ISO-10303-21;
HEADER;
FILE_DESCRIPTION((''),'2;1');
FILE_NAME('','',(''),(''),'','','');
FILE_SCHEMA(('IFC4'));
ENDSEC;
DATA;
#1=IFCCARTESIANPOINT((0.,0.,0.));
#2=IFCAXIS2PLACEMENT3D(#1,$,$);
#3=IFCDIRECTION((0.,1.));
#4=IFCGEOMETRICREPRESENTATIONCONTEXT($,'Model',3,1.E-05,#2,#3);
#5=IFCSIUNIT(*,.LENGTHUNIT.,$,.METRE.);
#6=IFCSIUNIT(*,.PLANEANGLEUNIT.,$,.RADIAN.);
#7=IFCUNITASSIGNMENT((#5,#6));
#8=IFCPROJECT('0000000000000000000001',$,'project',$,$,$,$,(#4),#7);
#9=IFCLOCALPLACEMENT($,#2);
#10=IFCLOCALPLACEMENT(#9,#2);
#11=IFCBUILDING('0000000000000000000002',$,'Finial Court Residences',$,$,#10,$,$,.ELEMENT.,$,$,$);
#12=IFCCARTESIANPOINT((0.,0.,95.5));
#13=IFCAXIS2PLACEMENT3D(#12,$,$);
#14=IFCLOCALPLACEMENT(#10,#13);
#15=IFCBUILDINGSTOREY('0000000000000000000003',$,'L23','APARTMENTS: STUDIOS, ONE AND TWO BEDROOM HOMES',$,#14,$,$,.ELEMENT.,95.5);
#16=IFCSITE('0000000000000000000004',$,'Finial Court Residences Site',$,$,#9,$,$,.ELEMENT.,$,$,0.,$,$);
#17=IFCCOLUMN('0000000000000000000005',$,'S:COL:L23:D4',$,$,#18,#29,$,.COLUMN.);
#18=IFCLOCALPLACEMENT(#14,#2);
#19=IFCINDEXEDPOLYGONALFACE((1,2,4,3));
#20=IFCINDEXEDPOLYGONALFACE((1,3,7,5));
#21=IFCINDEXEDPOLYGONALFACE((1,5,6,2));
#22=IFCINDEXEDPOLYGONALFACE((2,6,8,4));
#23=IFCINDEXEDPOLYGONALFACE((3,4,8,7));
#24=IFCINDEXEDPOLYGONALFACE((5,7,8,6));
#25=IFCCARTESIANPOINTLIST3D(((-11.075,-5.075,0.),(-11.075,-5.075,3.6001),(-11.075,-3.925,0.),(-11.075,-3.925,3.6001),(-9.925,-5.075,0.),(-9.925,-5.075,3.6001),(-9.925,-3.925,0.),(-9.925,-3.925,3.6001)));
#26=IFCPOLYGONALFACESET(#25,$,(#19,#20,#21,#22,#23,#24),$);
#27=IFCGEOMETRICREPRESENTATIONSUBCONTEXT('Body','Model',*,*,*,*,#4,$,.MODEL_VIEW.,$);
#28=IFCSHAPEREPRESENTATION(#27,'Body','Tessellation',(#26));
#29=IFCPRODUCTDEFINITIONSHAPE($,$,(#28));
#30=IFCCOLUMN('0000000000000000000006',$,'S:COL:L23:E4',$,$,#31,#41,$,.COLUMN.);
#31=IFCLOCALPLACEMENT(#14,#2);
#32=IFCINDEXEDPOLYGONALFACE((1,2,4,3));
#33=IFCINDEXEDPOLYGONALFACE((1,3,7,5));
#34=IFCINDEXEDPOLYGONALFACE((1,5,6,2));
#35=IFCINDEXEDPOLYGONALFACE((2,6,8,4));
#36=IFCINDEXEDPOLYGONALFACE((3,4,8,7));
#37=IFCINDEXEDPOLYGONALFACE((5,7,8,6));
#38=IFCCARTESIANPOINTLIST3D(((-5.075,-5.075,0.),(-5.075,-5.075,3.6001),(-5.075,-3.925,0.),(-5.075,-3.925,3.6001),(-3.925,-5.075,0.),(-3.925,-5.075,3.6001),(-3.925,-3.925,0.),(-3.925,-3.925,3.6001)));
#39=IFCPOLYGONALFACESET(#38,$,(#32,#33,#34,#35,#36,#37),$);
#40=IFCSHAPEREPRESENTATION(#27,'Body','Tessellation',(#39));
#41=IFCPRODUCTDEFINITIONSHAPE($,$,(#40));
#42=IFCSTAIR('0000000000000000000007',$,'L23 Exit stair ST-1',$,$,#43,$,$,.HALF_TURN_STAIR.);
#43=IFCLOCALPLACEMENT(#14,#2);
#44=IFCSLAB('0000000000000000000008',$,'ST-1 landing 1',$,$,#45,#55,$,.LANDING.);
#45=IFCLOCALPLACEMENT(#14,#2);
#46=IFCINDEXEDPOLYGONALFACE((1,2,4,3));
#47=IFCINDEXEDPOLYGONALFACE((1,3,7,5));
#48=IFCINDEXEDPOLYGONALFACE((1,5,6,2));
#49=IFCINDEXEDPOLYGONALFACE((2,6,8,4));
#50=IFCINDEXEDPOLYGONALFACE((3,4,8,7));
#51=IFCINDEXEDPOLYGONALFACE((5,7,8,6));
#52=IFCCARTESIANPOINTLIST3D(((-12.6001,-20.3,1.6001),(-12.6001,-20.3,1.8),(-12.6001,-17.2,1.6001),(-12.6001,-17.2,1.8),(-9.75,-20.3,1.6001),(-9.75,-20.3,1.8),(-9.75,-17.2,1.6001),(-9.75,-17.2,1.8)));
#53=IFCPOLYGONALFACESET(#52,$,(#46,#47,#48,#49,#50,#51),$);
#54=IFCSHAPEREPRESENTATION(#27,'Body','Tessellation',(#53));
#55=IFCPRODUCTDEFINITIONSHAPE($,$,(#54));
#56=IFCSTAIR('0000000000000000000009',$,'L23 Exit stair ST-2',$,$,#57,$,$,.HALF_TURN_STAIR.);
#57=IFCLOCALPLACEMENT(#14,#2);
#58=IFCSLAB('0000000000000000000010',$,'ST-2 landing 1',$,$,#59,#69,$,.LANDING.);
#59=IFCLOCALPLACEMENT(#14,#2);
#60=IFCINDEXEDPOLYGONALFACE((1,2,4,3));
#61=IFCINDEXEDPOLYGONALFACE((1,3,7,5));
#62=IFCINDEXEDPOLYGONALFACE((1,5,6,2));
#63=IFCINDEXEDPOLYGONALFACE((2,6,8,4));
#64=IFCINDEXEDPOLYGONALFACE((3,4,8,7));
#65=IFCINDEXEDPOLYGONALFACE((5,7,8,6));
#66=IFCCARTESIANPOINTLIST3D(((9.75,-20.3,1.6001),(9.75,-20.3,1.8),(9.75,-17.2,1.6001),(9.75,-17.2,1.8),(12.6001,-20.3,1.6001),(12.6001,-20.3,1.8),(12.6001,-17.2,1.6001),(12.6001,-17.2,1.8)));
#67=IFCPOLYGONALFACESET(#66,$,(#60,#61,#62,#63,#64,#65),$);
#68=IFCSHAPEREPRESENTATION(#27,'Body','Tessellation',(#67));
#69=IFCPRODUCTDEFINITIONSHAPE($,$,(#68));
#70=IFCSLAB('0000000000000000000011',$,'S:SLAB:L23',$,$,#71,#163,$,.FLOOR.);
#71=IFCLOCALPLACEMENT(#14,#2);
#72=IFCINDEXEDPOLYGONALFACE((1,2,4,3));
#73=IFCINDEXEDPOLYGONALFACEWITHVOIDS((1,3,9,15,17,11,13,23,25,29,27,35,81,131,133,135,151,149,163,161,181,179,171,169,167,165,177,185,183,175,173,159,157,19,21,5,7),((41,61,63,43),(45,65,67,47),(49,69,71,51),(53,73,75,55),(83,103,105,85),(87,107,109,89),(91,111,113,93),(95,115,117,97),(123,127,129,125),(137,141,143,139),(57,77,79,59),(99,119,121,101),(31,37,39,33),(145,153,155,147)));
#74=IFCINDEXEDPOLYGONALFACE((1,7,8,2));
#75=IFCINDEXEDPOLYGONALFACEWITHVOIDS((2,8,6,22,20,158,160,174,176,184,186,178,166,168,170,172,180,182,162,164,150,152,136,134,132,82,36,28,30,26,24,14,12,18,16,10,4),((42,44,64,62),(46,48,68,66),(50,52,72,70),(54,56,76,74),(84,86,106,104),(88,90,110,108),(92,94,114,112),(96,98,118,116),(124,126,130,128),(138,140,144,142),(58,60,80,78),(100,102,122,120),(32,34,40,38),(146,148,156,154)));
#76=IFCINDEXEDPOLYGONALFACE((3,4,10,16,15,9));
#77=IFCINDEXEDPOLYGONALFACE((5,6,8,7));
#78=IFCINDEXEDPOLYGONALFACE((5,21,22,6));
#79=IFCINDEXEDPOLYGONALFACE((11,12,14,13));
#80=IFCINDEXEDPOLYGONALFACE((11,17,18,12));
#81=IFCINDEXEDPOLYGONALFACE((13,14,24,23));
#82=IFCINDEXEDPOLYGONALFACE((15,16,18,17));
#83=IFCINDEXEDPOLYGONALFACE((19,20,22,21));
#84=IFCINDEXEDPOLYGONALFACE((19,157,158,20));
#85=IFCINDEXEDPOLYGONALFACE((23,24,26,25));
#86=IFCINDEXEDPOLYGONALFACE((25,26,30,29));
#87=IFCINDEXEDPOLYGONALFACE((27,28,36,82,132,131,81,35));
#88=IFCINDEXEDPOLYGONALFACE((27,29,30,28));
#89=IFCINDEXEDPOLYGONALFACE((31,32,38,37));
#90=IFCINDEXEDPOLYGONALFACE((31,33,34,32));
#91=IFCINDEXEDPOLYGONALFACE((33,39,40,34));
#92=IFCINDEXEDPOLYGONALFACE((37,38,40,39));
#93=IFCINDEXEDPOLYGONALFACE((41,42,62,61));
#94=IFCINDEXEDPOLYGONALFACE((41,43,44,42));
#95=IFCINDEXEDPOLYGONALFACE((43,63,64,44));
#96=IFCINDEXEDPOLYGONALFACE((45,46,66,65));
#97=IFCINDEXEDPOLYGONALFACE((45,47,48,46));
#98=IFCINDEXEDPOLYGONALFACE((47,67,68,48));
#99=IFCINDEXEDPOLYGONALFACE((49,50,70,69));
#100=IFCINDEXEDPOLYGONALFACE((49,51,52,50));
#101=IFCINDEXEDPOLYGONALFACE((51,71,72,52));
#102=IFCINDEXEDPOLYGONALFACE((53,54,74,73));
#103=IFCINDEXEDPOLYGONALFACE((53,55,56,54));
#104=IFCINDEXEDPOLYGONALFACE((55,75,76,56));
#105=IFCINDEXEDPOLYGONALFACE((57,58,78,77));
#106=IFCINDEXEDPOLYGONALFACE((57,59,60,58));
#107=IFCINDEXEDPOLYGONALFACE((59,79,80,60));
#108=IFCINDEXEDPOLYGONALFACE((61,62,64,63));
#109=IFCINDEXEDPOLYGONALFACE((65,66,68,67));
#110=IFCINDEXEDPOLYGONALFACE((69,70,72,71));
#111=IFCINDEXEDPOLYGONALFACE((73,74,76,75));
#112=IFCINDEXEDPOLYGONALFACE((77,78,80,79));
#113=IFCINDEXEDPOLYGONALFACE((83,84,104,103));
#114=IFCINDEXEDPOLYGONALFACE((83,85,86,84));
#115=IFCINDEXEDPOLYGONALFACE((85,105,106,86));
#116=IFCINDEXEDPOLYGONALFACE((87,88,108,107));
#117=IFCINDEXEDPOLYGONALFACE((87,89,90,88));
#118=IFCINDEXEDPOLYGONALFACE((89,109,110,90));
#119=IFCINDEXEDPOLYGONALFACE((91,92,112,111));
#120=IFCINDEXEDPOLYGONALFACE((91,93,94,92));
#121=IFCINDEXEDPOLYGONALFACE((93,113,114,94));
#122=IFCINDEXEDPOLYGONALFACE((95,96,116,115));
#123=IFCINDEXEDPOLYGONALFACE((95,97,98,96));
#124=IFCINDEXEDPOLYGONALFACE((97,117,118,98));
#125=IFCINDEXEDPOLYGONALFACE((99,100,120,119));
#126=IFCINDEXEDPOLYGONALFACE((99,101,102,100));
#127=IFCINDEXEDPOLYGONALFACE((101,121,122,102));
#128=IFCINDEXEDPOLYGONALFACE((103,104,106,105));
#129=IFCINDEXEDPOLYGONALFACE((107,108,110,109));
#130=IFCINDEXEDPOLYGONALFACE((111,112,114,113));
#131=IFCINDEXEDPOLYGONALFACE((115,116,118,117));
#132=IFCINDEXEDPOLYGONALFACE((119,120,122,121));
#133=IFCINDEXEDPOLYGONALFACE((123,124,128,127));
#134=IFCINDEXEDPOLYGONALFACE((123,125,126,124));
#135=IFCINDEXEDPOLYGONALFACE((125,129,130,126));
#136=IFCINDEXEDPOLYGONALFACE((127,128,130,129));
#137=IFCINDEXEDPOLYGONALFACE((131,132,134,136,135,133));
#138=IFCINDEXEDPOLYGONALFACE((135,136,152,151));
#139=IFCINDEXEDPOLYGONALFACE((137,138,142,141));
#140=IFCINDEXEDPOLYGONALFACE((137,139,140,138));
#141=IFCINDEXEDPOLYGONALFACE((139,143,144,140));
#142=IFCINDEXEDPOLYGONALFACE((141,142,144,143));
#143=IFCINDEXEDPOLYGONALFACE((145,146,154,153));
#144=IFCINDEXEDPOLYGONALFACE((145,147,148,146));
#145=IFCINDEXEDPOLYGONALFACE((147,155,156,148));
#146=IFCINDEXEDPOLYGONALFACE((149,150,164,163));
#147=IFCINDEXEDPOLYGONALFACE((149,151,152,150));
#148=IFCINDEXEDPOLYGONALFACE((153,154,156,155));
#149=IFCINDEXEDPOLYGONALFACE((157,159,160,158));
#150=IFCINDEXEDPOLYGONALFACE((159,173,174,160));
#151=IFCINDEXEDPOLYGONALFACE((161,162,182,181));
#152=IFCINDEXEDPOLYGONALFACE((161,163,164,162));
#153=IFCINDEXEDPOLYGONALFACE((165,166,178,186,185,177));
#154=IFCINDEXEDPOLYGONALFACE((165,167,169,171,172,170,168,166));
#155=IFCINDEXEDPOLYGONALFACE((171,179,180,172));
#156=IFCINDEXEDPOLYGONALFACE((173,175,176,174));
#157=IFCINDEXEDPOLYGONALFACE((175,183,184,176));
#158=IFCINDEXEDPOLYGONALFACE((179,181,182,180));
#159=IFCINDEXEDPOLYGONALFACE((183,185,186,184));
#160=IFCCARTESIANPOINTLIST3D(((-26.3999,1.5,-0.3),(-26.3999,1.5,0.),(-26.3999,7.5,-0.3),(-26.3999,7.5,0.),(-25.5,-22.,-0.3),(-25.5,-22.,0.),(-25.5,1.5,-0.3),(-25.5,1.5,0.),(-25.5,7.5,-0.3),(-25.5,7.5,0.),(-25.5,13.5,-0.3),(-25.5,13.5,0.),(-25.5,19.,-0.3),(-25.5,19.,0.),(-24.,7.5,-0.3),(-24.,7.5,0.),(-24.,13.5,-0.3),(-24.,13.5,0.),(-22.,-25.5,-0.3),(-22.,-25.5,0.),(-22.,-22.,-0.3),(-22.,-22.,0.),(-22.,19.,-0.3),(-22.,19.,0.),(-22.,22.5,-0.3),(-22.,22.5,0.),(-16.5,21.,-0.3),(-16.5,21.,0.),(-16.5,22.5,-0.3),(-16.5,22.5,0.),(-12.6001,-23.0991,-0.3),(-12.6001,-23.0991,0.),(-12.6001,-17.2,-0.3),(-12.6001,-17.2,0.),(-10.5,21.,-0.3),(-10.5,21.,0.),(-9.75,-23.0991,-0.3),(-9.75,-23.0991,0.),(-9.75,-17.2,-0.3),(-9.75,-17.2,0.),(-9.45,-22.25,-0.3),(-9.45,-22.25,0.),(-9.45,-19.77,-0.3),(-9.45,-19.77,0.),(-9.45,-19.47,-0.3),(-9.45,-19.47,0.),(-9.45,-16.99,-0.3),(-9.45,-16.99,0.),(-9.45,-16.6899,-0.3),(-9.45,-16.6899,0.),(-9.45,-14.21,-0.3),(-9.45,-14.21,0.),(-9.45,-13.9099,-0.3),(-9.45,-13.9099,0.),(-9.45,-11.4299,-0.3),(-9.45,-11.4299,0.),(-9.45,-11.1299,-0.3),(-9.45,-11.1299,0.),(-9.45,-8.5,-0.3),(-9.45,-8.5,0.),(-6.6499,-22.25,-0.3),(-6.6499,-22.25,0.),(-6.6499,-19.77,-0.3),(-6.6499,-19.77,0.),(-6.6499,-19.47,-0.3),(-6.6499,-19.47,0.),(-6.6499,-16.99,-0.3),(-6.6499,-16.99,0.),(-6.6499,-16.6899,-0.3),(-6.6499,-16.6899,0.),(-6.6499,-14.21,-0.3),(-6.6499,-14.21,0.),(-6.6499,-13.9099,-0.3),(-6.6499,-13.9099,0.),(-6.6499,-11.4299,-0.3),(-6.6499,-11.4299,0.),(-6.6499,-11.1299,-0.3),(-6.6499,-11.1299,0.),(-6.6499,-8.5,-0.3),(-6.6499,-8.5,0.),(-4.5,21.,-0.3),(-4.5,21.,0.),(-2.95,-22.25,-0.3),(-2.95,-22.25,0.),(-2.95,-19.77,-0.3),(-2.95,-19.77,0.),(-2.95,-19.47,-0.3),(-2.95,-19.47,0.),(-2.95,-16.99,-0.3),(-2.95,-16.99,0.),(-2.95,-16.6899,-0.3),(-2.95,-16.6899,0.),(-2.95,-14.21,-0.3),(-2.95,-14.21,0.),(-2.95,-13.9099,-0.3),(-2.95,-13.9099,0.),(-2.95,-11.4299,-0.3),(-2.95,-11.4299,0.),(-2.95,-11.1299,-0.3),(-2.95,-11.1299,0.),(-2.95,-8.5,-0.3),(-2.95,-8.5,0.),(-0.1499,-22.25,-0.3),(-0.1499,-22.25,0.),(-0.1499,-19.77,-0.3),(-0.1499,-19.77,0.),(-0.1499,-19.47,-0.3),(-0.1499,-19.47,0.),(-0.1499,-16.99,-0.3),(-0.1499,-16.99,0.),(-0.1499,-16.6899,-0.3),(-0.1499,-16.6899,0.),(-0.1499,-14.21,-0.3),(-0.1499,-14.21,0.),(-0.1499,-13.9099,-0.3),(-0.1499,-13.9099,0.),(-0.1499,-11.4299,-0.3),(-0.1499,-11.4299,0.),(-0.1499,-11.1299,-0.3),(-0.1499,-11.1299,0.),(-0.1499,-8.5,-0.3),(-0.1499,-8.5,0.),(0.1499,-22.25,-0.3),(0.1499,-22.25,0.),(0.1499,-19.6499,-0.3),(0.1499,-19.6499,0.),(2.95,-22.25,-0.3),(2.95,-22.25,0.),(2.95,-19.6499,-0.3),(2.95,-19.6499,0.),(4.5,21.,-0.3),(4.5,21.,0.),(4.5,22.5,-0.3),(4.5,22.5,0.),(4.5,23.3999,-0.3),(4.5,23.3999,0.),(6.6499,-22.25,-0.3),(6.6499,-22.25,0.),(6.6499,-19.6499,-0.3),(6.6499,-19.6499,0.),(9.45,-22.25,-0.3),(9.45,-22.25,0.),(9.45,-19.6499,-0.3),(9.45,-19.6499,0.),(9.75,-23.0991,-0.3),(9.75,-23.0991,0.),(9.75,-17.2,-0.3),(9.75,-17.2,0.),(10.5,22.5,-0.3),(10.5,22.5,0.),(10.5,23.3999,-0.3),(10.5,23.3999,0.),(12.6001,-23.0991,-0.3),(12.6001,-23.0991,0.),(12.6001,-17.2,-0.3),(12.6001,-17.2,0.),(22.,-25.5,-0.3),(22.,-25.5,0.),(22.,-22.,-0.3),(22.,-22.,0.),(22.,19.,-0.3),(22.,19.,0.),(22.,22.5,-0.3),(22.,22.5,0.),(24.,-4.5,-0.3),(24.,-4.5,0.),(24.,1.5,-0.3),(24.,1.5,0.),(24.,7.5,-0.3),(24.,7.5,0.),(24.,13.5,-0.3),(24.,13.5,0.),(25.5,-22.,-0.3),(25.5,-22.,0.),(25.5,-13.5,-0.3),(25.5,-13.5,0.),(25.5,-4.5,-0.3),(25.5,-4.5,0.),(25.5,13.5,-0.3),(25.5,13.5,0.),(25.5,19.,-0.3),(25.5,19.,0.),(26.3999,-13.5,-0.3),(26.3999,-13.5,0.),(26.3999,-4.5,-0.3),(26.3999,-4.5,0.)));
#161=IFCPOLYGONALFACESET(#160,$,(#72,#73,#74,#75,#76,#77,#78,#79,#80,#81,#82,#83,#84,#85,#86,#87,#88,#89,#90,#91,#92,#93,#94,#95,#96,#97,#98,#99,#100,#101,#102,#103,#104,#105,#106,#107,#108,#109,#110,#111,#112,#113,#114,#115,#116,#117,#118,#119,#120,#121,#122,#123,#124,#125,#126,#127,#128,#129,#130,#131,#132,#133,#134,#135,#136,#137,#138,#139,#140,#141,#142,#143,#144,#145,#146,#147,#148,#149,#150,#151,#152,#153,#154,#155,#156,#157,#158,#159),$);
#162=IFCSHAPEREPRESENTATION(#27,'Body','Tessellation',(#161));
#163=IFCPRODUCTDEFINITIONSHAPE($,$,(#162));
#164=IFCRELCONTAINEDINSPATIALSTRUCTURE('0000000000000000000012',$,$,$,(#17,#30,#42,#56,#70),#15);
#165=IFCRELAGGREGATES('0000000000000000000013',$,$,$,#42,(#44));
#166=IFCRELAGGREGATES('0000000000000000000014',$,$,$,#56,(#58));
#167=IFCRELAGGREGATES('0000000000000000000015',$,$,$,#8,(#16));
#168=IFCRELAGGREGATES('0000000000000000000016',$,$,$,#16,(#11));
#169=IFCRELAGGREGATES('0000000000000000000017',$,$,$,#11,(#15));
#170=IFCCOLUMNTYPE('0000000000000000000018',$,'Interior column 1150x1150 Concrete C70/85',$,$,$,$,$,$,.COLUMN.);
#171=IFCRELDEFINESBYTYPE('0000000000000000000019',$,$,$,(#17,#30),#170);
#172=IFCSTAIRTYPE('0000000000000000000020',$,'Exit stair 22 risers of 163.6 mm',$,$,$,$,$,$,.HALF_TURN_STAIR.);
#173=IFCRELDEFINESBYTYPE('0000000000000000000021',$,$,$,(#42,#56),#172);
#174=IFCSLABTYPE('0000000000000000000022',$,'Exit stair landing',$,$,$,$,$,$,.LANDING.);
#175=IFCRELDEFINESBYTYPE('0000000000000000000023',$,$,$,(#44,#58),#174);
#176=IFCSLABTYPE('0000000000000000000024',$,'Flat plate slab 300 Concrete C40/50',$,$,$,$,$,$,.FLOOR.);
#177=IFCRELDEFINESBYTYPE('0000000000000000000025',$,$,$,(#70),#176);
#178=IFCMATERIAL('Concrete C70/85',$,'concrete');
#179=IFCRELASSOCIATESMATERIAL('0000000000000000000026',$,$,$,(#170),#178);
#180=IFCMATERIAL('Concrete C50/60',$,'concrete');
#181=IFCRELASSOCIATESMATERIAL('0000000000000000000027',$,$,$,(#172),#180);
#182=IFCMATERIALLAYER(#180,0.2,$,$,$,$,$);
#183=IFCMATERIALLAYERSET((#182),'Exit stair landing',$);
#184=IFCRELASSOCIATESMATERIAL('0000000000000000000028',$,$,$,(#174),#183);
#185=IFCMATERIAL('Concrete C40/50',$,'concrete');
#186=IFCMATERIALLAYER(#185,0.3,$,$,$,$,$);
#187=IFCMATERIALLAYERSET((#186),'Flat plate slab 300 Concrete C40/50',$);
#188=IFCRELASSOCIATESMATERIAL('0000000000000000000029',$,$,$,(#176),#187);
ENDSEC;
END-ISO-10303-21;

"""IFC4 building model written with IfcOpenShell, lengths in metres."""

from ifc_helpers import new_model, si_unit, direction, frame, origin, origin_2d, place, context, subcontext, project, spatial, polyline, rectangle, outline, extrude, material, layer, layer_set, material_profile, profile_set, type_object, element, aggregate, save


model = new_model("IFC4")

# Units and contexts
model_context = context("Model", 3, precision=1e-05, world=origin(), true_north=direction((0.0, 1.0)))
body_context = subcontext(model_context, "Body", "Model", "MODEL_VIEW")
ifc_project = project(units=[si_unit("LENGTHUNIT", "METRE"), si_unit("PLANEANGLEUNIT", "RADIAN")], contexts=[model_context])

# Site, building, storey
site_placement = place(None, origin())
site = spatial("IfcSite", under=ifc_project, at=site_placement, Name="Finial Court Residences Site", CompositionType="ELEMENT", RefElevation=0.0)
building_placement = place(site_placement, origin())
building = spatial("IfcBuilding", under=site, at=building_placement, Name="Finial Court Residences", CompositionType="ELEMENT")
storey_placement = place(building_placement, frame((0.0, 0.0, 95.5)))
storey = spatial("IfcBuildingStorey", under=building, at=storey_placement, Name="L23", Description="APARTMENTS: STUDIOS, ONE AND TWO BEDROOM HOMES", CompositionType="ELEMENT", Elevation=95.5)

# Columns
ifc_material_1 = material(Name="Concrete C70/85", Category="concrete")
ifc_material_profile = material_profile(ifc_material_1, rectangle(XDim=1.1499, YDim=1.1499, at=origin_2d()), Name="1150x1150")
ifc_profile_set = profile_set([ifc_material_profile], Name="Concrete C70/85")
column_type = type_object("IfcColumnType", Name="Interior column 1150x1150 Concrete C70/85", PredefinedType="COLUMN", material=ifc_profile_set)
for number, where, z_axis, x_axis, name in (
    (1, (-10.5, -4.5, 0.0), (0.0, 0.0, 1.0), (1.0, 0.0, 0.0), "S:COL:L23:D4"),
    (2, (-4.5, -4.5, 0.0), (0.0, 0.0, 1.0), (1.0, 0.0, 0.0), "S:COL:L23:E4"),
):
    element("IfcColumn", number, at=place(storey_placement, frame(where, z_axis=z_axis, x_axis=x_axis)), inside=storey, type_object=column_type, Name=name, PredefinedType="COLUMN", context=body_context, shape_type="SweptSolid", body=[
        extrude(rectangle(XDim=1.1499, YDim=1.1499, at=origin_2d()), origin(), (0.0, 0.0, 1.0), 3.6001),
    ])

# Stairs, slabs
ifc_material_2 = material(Name="Concrete C50/60", Category="concrete")
stair_type = type_object("IfcStairType", Name="Exit stair 22 risers of 163.6 mm", PredefinedType="HALF_TURN_STAIR", material=ifc_material_2)
stair_1_placement = place(storey_placement, origin())
stair_1 = element("IfcStair", 3, at=stair_1_placement, inside=storey, type_object=stair_type, Name="L23 Exit stair ST-1", PredefinedType="HALF_TURN_STAIR")
ifc_layer_1 = layer(ifc_material_2, 0.2)
ifc_layer_set_1 = layer_set([ifc_layer_1], Name="Exit stair landing")
slab_type_1 = type_object("IfcSlabType", Name="Exit stair landing", PredefinedType="LANDING", material=ifc_layer_set_1)
slab_1_placement = place(storey_placement, frame((0.0, 0.0, 1.6001)))
slab_1 = element("IfcSlab", 4, at=slab_1_placement, type_object=slab_type_1, Name="ST-1 landing 1", PredefinedType="LANDING", context=body_context, shape_type="SweptSolid", body=[
    extrude(outline(polyline([(-9.75, -20.3), (-9.75, -17.2), (-12.6001, -17.2), (-12.6001, -20.3), (-9.75, -20.3)])), origin(), (0.0, 0.0, 1.0), 0.2),
])
aggregate(stair_1, [slab_1])
stair_2_placement = place(storey_placement, origin())
stair_2 = element("IfcStair", 5, at=stair_2_placement, inside=storey, type_object=stair_type, Name="L23 Exit stair ST-2", PredefinedType="HALF_TURN_STAIR")
slab_2_placement = place(storey_placement, frame((0.0, 0.0, 1.6001)))
slab_2 = element("IfcSlab", 6, at=slab_2_placement, type_object=slab_type_1, Name="ST-2 landing 1", PredefinedType="LANDING", context=body_context, shape_type="SweptSolid", body=[
    extrude(outline(polyline([(12.6001, -20.3), (12.6001, -17.2), (9.75, -17.2), (9.75, -20.3), (12.6001, -20.3)])), origin(), (0.0, 0.0, 1.0), 0.2),
])
aggregate(stair_2, [slab_2])

# Slab
ifc_material_3 = material(Name="Concrete C40/50", Category="concrete")
ifc_layer_2 = layer(ifc_material_3, 0.3)
ifc_layer_set_2 = layer_set([ifc_layer_2], Name="Flat plate slab 300 Concrete C40/50")
slab_type_2 = type_object("IfcSlabType", Name="Flat plate slab 300 Concrete C40/50", PredefinedType="FLOOR", material=ifc_layer_set_2)
slab_3_placement = place(storey_placement, frame((0.0, 0.0, -0.3)))
element("IfcSlab", 7, at=slab_3_placement, inside=storey, type_object=slab_type_2, Name="S:SLAB:L23", PredefinedType="FLOOR", context=body_context, shape_type="SweptSolid", body=[
    extrude(outline(polyline([(25.5, -22.0), (22.0, -22.0), (22.0, -25.5), (-22.0, -25.5), (-22.0, -22.0), (-25.5, -22.0), (-25.5, 1.5), (-26.3999, 1.5), (-26.3999, 7.5), (-25.5, 7.5), (-24.0, 7.5), (-24.0, 13.5), (-25.5, 13.5), (-25.5, 19.0), (-22.0, 19.0), (-22.0, 22.5), (-16.5, 22.5), (-16.5, 21.0), (-10.5, 21.0), (-4.5, 21.0), (4.5, 21.0), (4.5, 22.5), (4.5, 23.3999), (10.5, 23.3999), (10.5, 22.5), (22.0, 22.5), (22.0, 19.0), (25.5, 19.0), (25.5, 13.5), (24.0, 13.5), (24.0, 7.5), (24.0, 1.5), (24.0, -4.5), (25.5, -4.5), (26.3999, -4.5), (26.3999, -13.5), (25.5, -13.5), (25.5, -22.0)]), holes=[polyline([(-6.6499, -19.77), (-9.45, -19.77), (-9.45, -22.25), (-6.6499, -22.25), (-6.6499, -19.77)]), polyline([(-9.75, -17.2), (-12.6001, -17.2), (-12.6001, -23.0991), (-9.75, -23.0991), (-9.75, -17.2)]), polyline([(-6.6499, -19.47), (-6.6499, -16.99), (-9.45, -16.99), (-9.45, -19.47), (-6.6499, -19.47)]), polyline([(-6.6499, -16.6899), (-6.6499, -14.21), (-9.45, -14.21), (-9.45, -16.6899), (-6.6499, -16.6899)]), polyline([(-6.6499, -13.9099), (-6.6499, -11.4299), (-9.45, -11.4299), (-9.45, -13.9099), (-6.6499, -13.9099)]), polyline([(-6.6499, -11.1299), (-6.6499, -8.5), (-9.45, -8.5), (-9.45, -11.1299), (-6.6499, -11.1299)]), polyline([(-0.1499, -11.1299), (-0.1499, -8.5), (-2.95, -8.5), (-2.95, -11.1299), (-0.1499, -11.1299)]), polyline([(-0.1499, -19.77), (-2.95, -19.77), (-2.95, -22.25), (-0.1499, -22.25), (-0.1499, -19.77)]), polyline([(2.95, -22.25), (2.95, -19.6499), (0.1499, -19.6499), (0.1499, -22.25), (2.95, -22.25)]), polyline([(9.45, -22.25), (9.45, -19.6499), (6.6499, -19.6499), (6.6499, -22.25), (9.45, -22.25)]), polyline([(12.6001, -17.2), (9.75, -17.2), (9.75, -23.0991), (12.6001, -23.0991), (12.6001, -17.2)]), polyline([(-0.1499, -19.47), (-0.1499, -16.99), (-2.95, -16.99), (-2.95, -19.47), (-0.1499, -19.47)]), polyline([(-0.1499, -16.6899), (-0.1499, -14.21), (-2.95, -14.21), (-2.95, -16.6899), (-0.1499, -16.6899)]), polyline([(-0.1499, -13.9099), (-0.1499, -11.4299), (-2.95, -11.4299), (-2.95, -13.9099), (-0.1499, -13.9099)])]), origin(), (0.0, 0.0, 1.0), 0.3),
])

save(model, "model.ifc")
